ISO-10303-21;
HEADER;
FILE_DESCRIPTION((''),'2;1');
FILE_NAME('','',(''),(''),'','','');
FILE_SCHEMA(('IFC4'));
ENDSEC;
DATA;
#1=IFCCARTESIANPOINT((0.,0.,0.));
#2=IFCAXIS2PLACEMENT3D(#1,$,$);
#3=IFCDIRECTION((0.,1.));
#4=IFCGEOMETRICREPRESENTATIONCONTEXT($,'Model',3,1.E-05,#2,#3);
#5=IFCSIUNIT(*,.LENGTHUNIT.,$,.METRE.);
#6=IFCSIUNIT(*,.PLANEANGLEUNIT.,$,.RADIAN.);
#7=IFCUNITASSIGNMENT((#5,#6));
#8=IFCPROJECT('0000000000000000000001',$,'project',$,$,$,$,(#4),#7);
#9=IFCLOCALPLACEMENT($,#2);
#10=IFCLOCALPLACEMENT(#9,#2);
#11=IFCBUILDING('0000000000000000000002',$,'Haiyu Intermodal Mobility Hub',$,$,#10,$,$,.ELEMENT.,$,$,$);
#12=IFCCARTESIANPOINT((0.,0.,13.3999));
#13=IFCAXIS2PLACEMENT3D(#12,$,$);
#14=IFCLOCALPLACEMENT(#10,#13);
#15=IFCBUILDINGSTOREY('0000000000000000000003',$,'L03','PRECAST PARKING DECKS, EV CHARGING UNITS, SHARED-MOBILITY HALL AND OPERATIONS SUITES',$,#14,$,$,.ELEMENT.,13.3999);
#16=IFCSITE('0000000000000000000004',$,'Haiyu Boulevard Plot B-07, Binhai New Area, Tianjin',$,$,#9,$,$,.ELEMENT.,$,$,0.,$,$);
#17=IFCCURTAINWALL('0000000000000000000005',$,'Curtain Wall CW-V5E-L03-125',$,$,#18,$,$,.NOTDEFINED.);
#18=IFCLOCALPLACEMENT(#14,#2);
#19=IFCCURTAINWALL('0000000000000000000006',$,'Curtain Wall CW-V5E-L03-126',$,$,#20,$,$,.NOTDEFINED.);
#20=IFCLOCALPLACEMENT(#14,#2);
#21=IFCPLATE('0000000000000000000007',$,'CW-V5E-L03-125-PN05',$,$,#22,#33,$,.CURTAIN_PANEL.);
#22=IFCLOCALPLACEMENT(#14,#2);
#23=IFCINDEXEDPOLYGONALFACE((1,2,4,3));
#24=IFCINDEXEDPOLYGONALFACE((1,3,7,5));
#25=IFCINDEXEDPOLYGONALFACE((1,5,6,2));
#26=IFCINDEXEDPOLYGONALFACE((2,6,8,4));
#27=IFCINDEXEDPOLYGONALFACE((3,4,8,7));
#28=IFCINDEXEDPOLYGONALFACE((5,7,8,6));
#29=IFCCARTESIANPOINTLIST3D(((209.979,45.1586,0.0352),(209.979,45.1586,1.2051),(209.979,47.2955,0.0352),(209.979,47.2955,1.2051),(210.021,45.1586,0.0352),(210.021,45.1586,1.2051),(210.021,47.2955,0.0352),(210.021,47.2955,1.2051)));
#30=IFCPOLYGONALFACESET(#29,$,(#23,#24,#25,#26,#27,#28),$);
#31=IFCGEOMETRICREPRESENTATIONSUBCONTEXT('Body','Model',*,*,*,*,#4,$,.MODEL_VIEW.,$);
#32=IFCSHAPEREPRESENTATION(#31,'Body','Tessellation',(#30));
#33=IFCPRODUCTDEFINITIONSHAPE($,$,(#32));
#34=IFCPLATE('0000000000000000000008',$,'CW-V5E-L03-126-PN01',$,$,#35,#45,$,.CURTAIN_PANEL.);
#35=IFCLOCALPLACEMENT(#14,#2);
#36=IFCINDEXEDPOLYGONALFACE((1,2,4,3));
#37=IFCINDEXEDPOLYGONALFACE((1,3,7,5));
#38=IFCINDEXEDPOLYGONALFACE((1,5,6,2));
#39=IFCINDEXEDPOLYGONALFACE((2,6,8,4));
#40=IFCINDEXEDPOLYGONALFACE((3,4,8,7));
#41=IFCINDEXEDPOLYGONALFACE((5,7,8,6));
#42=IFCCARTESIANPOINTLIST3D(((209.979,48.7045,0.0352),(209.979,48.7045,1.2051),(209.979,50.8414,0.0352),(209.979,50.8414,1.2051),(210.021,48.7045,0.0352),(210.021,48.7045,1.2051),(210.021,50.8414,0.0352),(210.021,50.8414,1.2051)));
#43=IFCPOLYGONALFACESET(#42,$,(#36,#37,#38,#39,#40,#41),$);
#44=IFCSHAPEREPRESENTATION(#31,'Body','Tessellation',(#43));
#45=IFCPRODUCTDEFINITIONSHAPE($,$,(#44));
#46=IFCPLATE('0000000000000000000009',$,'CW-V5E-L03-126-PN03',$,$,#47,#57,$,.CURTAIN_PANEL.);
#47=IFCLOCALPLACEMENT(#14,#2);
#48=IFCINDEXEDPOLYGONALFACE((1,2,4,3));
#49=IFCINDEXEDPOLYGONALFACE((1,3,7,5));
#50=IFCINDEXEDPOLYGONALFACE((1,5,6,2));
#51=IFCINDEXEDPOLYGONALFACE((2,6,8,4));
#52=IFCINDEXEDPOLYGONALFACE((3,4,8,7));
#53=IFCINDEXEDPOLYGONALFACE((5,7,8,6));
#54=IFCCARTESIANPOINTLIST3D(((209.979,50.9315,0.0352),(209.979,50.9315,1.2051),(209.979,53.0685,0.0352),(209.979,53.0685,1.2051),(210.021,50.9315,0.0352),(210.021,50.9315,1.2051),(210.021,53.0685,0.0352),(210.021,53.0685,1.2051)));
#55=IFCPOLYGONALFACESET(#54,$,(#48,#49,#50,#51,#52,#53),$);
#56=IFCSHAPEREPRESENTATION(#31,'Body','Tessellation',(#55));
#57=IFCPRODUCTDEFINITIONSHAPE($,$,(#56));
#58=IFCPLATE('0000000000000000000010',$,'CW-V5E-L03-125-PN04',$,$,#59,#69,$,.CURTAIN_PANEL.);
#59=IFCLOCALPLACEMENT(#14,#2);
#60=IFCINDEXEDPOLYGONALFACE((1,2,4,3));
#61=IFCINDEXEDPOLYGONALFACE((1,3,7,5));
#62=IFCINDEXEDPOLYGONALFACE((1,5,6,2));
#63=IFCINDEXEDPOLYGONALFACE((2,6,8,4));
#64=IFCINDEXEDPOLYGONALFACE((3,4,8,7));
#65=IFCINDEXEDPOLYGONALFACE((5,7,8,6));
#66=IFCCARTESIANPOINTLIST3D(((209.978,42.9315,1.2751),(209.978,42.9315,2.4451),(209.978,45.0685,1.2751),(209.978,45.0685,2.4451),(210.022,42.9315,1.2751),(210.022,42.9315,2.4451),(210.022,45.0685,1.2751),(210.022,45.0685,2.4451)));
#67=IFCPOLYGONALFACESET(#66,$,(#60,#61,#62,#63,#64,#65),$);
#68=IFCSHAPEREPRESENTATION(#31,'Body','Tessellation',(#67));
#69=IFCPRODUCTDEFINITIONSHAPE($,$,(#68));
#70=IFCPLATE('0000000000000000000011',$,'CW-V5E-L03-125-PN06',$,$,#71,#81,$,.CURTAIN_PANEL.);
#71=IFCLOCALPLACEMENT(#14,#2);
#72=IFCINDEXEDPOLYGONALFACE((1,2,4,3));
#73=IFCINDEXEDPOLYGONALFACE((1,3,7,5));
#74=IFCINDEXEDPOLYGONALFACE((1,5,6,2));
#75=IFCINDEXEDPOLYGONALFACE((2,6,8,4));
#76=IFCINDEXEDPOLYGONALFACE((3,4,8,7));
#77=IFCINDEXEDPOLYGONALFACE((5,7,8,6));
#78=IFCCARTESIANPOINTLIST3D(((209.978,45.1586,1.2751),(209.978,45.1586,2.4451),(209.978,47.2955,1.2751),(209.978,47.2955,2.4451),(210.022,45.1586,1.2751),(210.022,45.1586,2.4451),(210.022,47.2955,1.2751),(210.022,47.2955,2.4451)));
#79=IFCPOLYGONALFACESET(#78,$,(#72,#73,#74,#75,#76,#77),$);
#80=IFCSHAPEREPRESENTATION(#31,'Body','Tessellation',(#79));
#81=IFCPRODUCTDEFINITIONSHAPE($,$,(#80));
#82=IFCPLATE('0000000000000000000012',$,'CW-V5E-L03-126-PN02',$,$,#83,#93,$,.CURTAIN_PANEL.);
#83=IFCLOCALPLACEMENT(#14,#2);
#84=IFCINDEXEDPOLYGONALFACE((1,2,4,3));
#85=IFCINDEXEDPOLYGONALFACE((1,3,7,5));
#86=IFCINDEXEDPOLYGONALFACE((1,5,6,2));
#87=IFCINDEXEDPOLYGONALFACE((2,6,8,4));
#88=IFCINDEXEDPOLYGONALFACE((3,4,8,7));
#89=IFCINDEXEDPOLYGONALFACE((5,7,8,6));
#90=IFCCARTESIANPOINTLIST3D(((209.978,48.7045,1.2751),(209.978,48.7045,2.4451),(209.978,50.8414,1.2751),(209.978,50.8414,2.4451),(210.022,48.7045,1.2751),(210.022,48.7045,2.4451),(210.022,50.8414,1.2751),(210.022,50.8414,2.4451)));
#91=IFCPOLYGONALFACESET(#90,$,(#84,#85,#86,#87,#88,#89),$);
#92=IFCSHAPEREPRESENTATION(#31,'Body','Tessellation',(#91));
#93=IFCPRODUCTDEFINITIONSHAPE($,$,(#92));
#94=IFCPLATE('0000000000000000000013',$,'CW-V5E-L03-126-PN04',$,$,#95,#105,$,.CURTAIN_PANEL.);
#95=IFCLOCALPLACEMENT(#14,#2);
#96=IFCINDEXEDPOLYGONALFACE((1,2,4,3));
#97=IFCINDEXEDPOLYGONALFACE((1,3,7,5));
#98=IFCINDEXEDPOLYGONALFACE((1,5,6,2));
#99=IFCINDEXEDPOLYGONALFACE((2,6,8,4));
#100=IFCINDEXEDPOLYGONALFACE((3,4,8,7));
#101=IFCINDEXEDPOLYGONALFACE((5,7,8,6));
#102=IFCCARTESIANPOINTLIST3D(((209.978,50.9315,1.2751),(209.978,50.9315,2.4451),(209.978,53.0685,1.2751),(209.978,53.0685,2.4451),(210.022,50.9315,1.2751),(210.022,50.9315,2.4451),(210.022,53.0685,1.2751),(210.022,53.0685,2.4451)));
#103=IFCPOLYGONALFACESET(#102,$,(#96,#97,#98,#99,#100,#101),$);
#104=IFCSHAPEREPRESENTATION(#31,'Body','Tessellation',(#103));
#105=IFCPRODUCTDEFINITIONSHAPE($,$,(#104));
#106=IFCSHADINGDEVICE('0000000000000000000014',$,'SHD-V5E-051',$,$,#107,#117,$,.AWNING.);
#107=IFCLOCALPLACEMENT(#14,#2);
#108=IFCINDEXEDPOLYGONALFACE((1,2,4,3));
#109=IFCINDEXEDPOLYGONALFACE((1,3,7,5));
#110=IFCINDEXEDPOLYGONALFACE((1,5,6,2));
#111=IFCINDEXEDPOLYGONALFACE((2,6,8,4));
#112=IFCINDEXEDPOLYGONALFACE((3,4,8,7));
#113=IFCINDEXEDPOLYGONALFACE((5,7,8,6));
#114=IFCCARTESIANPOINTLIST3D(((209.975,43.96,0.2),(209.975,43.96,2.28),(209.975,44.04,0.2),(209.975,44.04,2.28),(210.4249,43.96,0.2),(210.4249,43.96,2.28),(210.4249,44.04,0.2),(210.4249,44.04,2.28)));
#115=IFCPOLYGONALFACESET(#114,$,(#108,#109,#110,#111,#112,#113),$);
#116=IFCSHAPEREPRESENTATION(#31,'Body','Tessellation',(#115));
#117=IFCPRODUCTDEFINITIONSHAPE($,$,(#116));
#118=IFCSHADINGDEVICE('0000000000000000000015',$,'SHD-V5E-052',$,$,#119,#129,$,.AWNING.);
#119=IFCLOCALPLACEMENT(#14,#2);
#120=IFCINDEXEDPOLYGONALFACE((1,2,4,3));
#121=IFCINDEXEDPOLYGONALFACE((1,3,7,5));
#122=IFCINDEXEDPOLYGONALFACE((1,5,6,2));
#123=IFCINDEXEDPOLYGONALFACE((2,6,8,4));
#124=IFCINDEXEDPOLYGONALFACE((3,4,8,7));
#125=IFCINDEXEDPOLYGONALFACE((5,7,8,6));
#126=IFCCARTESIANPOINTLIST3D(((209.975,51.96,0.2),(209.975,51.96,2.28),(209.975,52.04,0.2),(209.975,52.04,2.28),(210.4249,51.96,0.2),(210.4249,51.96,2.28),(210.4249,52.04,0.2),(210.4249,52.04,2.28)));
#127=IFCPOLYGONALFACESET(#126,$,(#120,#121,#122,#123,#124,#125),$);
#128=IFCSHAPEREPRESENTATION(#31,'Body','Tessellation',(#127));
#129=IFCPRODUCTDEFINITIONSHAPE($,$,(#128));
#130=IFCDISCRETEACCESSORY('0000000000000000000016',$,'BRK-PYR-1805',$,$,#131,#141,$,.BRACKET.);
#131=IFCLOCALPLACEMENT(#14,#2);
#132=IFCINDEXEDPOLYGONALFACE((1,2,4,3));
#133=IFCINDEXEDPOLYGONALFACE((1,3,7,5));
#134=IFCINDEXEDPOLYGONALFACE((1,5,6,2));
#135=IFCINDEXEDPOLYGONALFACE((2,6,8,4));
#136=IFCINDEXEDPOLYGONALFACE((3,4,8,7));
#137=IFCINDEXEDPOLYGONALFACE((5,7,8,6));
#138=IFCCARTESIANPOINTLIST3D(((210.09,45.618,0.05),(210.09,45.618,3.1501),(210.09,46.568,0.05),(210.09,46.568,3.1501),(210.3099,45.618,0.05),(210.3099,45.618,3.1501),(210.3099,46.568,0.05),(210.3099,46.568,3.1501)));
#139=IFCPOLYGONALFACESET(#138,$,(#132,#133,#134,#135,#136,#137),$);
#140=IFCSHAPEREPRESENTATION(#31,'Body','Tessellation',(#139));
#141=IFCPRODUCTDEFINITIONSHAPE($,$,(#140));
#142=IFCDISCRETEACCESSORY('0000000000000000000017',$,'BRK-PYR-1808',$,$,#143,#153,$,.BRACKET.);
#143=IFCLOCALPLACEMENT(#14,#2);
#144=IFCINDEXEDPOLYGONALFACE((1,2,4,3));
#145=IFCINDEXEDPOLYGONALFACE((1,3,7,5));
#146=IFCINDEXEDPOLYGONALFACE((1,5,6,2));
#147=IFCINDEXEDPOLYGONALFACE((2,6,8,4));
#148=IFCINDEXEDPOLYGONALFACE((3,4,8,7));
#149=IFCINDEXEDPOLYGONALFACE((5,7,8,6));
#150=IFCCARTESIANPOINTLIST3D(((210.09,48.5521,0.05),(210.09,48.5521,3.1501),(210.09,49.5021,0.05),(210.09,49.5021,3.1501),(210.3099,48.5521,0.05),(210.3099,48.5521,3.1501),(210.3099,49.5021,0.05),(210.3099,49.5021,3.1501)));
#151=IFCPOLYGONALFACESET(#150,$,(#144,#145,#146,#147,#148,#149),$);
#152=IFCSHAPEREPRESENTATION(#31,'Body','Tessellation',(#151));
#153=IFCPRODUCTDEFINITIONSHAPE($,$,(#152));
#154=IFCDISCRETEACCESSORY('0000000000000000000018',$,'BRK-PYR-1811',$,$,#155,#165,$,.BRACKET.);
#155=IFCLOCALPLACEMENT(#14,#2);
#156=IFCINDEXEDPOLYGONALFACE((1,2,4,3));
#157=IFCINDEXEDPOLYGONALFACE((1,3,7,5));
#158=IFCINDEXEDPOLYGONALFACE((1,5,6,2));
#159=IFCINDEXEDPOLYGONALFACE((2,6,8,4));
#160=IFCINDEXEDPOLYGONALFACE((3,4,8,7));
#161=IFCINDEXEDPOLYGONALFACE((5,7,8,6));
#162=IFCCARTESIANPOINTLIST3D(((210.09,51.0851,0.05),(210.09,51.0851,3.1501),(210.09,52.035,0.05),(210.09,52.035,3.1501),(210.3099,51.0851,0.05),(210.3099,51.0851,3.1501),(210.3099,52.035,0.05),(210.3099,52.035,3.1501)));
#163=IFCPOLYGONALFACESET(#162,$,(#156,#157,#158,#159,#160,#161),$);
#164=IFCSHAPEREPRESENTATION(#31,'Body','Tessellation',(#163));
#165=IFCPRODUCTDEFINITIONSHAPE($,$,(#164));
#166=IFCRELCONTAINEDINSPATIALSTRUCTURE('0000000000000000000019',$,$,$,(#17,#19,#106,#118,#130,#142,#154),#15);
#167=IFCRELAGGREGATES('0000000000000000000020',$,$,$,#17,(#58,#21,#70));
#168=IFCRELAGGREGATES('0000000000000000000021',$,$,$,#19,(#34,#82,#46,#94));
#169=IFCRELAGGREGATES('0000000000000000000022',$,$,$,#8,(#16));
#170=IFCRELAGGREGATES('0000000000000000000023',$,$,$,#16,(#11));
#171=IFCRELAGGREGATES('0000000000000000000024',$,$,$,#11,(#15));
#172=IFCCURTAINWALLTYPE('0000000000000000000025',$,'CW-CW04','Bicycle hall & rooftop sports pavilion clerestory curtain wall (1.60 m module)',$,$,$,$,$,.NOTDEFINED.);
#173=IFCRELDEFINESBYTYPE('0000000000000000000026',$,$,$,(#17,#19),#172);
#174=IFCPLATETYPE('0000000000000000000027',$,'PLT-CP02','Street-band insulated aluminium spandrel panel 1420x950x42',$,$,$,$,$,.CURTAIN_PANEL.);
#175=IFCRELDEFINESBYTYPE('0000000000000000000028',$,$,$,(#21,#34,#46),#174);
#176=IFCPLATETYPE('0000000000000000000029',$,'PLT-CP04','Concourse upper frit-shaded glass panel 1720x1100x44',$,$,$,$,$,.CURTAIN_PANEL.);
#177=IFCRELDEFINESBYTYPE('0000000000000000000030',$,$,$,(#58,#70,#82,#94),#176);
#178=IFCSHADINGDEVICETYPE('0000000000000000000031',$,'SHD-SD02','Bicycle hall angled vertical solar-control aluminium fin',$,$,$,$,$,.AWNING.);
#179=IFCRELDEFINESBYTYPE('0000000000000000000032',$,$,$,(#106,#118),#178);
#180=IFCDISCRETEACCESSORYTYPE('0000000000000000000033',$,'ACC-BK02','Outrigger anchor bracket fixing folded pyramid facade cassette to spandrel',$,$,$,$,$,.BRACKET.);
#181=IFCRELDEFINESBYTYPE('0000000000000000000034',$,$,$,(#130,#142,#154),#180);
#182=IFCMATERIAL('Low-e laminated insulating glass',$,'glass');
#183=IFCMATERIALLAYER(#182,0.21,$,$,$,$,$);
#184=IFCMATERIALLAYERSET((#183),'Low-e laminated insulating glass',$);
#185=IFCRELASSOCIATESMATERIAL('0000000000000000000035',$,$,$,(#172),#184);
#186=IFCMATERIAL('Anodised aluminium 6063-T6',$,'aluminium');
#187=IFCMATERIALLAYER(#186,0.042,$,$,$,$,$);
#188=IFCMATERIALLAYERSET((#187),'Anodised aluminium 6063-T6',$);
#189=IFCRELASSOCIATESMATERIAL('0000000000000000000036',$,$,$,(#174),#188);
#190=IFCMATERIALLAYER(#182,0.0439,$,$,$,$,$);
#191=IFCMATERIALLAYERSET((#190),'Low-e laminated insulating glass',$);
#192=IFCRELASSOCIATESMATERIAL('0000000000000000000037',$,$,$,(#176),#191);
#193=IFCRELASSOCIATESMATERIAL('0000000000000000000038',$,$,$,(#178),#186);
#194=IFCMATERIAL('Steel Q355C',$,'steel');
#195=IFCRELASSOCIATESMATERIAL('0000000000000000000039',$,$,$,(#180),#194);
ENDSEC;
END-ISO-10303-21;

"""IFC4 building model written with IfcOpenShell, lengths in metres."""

from ifc_helpers import new_model, si_unit, direction, frame, origin, origin_2d, place, context, subcontext, project, spatial, rectangle, extrude, material, layer, layer_set, material_profile, profile_set, type_object, element, aggregate, save


model = new_model("IFC4")

# Units and contexts
model_context = context("Model", 3, precision=1e-05, world=origin(), true_north=direction((0.0, 1.0)))
body_context = subcontext(model_context, "Body", "Model", "MODEL_VIEW")
ifc_project = project(units=[si_unit("LENGTHUNIT", "METRE"), si_unit("PLANEANGLEUNIT", "RADIAN")], contexts=[model_context])

# Site, building, storey
site_placement = place(None, origin())
site = spatial("IfcSite", under=ifc_project, at=site_placement, Name="Haiyu Boulevard Plot B-07, Binhai New Area, Tianjin", CompositionType="ELEMENT", RefElevation=0.0)
building_placement = place(site_placement, origin())
building = spatial("IfcBuilding", under=site, at=building_placement, Name="Haiyu Intermodal Mobility Hub", CompositionType="ELEMENT")
storey_placement = place(building_placement, frame((0.0, 0.0, 13.3999)))
storey = spatial("IfcBuildingStorey", under=building, at=storey_placement, Name="L03", Description="PRECAST PARKING DECKS, EV CHARGING UNITS, SHARED-MOBILITY HALL AND OPERATIONS SUITES", CompositionType="ELEMENT", Elevation=13.3999)

# Curtain walls
ifc_material_1 = material(Name="Low-e laminated insulating glass", Category="glass")
ifc_layer_1 = layer(ifc_material_1, 0.21)
ifc_layer_set_1 = layer_set([ifc_layer_1], Name="Low-e laminated insulating glass")
curtain_wall_type = type_object("IfcCurtainWallType", Name="CW-CW04", Description="Bicycle hall & rooftop sports pavilion clerestory curtain wall (1.60 m module)", PredefinedType="NOTDEFINED", material=ifc_layer_set_1)
curtain_wall_1_placement = place(storey_placement, origin())
curtain_wall_1 = element("IfcCurtainWall", 1, at=curtain_wall_1_placement, inside=storey, type_object=curtain_wall_type, Name="Curtain Wall CW-V5E-L03-125", PredefinedType="NOTDEFINED")
ifc_material_2 = material(Name="Anodised aluminium 6063-T6", Category="aluminium")
curtain_wall_2_placement = place(storey_placement, origin())
curtain_wall_2 = element("IfcCurtainWall", 2, at=curtain_wall_2_placement, inside=storey, type_object=curtain_wall_type, Name="Curtain Wall CW-V5E-L03-126", PredefinedType="NOTDEFINED")

# Plates
ifc_layer_2 = layer(ifc_material_2, 0.042)
ifc_layer_set_2 = layer_set([ifc_layer_2], Name="Anodised aluminium 6063-T6")
plate_type_1 = type_object("IfcPlateType", Name="PLT-CP02", Description="Street-band insulated aluminium spandrel panel 1420x950x42", PredefinedType="CURTAIN_PANEL", material=ifc_layer_set_2)
plate_1_placement = place(storey_placement, frame((210.0, 46.2271, 0.0352), z_axis=(0.0, 0.0, 1.0), x_axis=(0.0, 1.0, 0.0)))
plate_1 = element("IfcPlate", 3, at=plate_1_placement, type_object=plate_type_1, Name="CW-V5E-L03-125-PN05", PredefinedType="CURTAIN_PANEL", context=body_context, shape_type="SweptSolid", body=[
    extrude(rectangle(XDim=2.137, YDim=0.042, at=origin_2d()), origin(), (0.0, 0.0, 1.0), 1.1699),
])
plate_2_placement = place(storey_placement, frame((210.0, 49.7729, 0.0352), z_axis=(0.0, 0.0, 1.0), x_axis=(0.0, 1.0, 0.0)))
plate_2 = element("IfcPlate", 4, at=plate_2_placement, type_object=plate_type_1, Name="CW-V5E-L03-126-PN01", PredefinedType="CURTAIN_PANEL", context=body_context, shape_type="SweptSolid", body=[
    extrude(rectangle(XDim=2.137, YDim=0.042, at=origin_2d()), origin(), (0.0, 0.0, 1.0), 1.1699),
])
plate_3_placement = place(storey_placement, frame((210.0, 52.0, 0.0352), z_axis=(0.0, 0.0, 1.0), x_axis=(0.0, 1.0, 0.0)))
plate_3 = element("IfcPlate", 5, at=plate_3_placement, type_object=plate_type_1, Name="CW-V5E-L03-126-PN03", PredefinedType="CURTAIN_PANEL", context=body_context, shape_type="SweptSolid", body=[
    extrude(rectangle(XDim=2.137, YDim=0.042, at=origin_2d()), origin(), (0.0, 0.0, 1.0), 1.1699),
])
ifc_layer_3 = layer(ifc_material_1, 0.0439)
ifc_layer_set_3 = layer_set([ifc_layer_3], Name="Low-e laminated insulating glass")
plate_type_2 = type_object("IfcPlateType", Name="PLT-CP04", Description="Concourse upper frit-shaded glass panel 1720x1100x44", PredefinedType="CURTAIN_PANEL", material=ifc_layer_set_3)
plate_4_placement = place(storey_placement, frame((210.0, 44.0, 1.2751), z_axis=(0.0, 0.0, 1.0), x_axis=(0.0, 1.0, 0.0)))
plate_4 = element("IfcPlate", 6, at=plate_4_placement, type_object=plate_type_2, Name="CW-V5E-L03-125-PN04", PredefinedType="CURTAIN_PANEL", context=body_context, shape_type="SweptSolid", body=[
    extrude(rectangle(XDim=2.137, YDim=0.0439, at=origin_2d()), origin(), (0.0, 0.0, 1.0), 1.1699),
])
plate_5_placement = place(storey_placement, frame((210.0, 46.2271, 1.2751), z_axis=(0.0, 0.0, 1.0), x_axis=(0.0, 1.0, 0.0)))
plate_5 = element("IfcPlate", 7, at=plate_5_placement, type_object=plate_type_2, Name="CW-V5E-L03-125-PN06", PredefinedType="CURTAIN_PANEL", context=body_context, shape_type="SweptSolid", body=[
    extrude(rectangle(XDim=2.137, YDim=0.0439, at=origin_2d()), origin(), (0.0, 0.0, 1.0), 1.1699),
])
aggregate(curtain_wall_1, [plate_4, plate_1, plate_5])
plate_6_placement = place(storey_placement, frame((210.0, 49.7729, 1.2751), z_axis=(0.0, 0.0, 1.0), x_axis=(0.0, 1.0, 0.0)))
plate_6 = element("IfcPlate", 8, at=plate_6_placement, type_object=plate_type_2, Name="CW-V5E-L03-126-PN02", PredefinedType="CURTAIN_PANEL", context=body_context, shape_type="SweptSolid", body=[
    extrude(rectangle(XDim=2.137, YDim=0.0439, at=origin_2d()), origin(), (0.0, 0.0, 1.0), 1.1699),
])
plate_7_placement = place(storey_placement, frame((210.0, 52.0, 1.2751), z_axis=(0.0, 0.0, 1.0), x_axis=(0.0, 1.0, 0.0)))
plate_7 = element("IfcPlate", 9, at=plate_7_placement, type_object=plate_type_2, Name="CW-V5E-L03-126-PN04", PredefinedType="CURTAIN_PANEL", context=body_context, shape_type="SweptSolid", body=[
    extrude(rectangle(XDim=2.137, YDim=0.0439, at=origin_2d()), origin(), (0.0, 0.0, 1.0), 1.1699),
])
aggregate(curtain_wall_2, [plate_2, plate_6, plate_3, plate_7])

# Shading devices
ifc_material_profile_1 = material_profile(ifc_material_2, rectangle(XDim=0.0701, YDim=0.55, at=origin_2d()), Name="FIN70x550")
ifc_profile_set_1 = profile_set([ifc_material_profile_1], Name="Anodised aluminium 6063-T6")
shading_device_type = type_object("IfcShadingDeviceType", Name="SHD-SD02", Description="Bicycle hall angled vertical solar-control aluminium fin", PredefinedType="AWNING", material=ifc_profile_set_1)
for number, where, z_axis, x_axis, name in (
    (10, (210.2, 44.0, 0.2), (0.0, 0.0, 1.0), (1.0, 0.0, 0.0), "SHD-V5E-051"),
    (11, (210.2, 52.0, 0.2), (0.0, 0.0, 1.0), (1.0, 0.0, 0.0), "SHD-V5E-052"),
):
    element("IfcShadingDevice", number, at=place(storey_placement, frame(where, z_axis=z_axis, x_axis=x_axis)), inside=storey, type_object=shading_device_type, Name=name, PredefinedType="AWNING", context=body_context, shape_type="SweptSolid", body=[
        extrude(rectangle(XDim=0.45, YDim=0.0801, at=origin_2d()), origin(), (0.0, 0.0, 1.0), 2.0801),
    ])

# Discrete accessories
ifc_material_3 = material(Name="Steel Q355C", Category="steel")
discrete_accessory_type = type_object("IfcDiscreteAccessoryType", Name="ACC-BK02", Description="Outrigger anchor bracket fixing folded pyramid facade cassette to spandrel", PredefinedType="BRACKET", material=ifc_material_3)
for number, where, z_axis, x_axis, name in (
    (12, (210.2, 46.093, 0.05), (0.0, 0.0, 1.0), (1.0, 0.0, 0.0), "BRK-PYR-1805"),
    (13, (210.2, 49.0271, 0.05), (0.0, 0.0, 1.0), (1.0, 0.0, 0.0), "BRK-PYR-1808"),
    (14, (210.2, 51.5601, 0.05), (0.0, 0.0, 1.0), (1.0, 0.0, 0.0), "BRK-PYR-1811"),
):
    element("IfcDiscreteAccessory", number, at=place(storey_placement, frame(where, z_axis=z_axis, x_axis=x_axis)), inside=storey, type_object=discrete_accessory_type, Name=name, PredefinedType="BRACKET", context=body_context, shape_type="SweptSolid", body=[
        extrude(rectangle(XDim=0.22, YDim=0.95, at=origin_2d()), origin(), (0.0, 0.0, 1.0), 3.1001),
    ])

save(model, "model.ifc")
